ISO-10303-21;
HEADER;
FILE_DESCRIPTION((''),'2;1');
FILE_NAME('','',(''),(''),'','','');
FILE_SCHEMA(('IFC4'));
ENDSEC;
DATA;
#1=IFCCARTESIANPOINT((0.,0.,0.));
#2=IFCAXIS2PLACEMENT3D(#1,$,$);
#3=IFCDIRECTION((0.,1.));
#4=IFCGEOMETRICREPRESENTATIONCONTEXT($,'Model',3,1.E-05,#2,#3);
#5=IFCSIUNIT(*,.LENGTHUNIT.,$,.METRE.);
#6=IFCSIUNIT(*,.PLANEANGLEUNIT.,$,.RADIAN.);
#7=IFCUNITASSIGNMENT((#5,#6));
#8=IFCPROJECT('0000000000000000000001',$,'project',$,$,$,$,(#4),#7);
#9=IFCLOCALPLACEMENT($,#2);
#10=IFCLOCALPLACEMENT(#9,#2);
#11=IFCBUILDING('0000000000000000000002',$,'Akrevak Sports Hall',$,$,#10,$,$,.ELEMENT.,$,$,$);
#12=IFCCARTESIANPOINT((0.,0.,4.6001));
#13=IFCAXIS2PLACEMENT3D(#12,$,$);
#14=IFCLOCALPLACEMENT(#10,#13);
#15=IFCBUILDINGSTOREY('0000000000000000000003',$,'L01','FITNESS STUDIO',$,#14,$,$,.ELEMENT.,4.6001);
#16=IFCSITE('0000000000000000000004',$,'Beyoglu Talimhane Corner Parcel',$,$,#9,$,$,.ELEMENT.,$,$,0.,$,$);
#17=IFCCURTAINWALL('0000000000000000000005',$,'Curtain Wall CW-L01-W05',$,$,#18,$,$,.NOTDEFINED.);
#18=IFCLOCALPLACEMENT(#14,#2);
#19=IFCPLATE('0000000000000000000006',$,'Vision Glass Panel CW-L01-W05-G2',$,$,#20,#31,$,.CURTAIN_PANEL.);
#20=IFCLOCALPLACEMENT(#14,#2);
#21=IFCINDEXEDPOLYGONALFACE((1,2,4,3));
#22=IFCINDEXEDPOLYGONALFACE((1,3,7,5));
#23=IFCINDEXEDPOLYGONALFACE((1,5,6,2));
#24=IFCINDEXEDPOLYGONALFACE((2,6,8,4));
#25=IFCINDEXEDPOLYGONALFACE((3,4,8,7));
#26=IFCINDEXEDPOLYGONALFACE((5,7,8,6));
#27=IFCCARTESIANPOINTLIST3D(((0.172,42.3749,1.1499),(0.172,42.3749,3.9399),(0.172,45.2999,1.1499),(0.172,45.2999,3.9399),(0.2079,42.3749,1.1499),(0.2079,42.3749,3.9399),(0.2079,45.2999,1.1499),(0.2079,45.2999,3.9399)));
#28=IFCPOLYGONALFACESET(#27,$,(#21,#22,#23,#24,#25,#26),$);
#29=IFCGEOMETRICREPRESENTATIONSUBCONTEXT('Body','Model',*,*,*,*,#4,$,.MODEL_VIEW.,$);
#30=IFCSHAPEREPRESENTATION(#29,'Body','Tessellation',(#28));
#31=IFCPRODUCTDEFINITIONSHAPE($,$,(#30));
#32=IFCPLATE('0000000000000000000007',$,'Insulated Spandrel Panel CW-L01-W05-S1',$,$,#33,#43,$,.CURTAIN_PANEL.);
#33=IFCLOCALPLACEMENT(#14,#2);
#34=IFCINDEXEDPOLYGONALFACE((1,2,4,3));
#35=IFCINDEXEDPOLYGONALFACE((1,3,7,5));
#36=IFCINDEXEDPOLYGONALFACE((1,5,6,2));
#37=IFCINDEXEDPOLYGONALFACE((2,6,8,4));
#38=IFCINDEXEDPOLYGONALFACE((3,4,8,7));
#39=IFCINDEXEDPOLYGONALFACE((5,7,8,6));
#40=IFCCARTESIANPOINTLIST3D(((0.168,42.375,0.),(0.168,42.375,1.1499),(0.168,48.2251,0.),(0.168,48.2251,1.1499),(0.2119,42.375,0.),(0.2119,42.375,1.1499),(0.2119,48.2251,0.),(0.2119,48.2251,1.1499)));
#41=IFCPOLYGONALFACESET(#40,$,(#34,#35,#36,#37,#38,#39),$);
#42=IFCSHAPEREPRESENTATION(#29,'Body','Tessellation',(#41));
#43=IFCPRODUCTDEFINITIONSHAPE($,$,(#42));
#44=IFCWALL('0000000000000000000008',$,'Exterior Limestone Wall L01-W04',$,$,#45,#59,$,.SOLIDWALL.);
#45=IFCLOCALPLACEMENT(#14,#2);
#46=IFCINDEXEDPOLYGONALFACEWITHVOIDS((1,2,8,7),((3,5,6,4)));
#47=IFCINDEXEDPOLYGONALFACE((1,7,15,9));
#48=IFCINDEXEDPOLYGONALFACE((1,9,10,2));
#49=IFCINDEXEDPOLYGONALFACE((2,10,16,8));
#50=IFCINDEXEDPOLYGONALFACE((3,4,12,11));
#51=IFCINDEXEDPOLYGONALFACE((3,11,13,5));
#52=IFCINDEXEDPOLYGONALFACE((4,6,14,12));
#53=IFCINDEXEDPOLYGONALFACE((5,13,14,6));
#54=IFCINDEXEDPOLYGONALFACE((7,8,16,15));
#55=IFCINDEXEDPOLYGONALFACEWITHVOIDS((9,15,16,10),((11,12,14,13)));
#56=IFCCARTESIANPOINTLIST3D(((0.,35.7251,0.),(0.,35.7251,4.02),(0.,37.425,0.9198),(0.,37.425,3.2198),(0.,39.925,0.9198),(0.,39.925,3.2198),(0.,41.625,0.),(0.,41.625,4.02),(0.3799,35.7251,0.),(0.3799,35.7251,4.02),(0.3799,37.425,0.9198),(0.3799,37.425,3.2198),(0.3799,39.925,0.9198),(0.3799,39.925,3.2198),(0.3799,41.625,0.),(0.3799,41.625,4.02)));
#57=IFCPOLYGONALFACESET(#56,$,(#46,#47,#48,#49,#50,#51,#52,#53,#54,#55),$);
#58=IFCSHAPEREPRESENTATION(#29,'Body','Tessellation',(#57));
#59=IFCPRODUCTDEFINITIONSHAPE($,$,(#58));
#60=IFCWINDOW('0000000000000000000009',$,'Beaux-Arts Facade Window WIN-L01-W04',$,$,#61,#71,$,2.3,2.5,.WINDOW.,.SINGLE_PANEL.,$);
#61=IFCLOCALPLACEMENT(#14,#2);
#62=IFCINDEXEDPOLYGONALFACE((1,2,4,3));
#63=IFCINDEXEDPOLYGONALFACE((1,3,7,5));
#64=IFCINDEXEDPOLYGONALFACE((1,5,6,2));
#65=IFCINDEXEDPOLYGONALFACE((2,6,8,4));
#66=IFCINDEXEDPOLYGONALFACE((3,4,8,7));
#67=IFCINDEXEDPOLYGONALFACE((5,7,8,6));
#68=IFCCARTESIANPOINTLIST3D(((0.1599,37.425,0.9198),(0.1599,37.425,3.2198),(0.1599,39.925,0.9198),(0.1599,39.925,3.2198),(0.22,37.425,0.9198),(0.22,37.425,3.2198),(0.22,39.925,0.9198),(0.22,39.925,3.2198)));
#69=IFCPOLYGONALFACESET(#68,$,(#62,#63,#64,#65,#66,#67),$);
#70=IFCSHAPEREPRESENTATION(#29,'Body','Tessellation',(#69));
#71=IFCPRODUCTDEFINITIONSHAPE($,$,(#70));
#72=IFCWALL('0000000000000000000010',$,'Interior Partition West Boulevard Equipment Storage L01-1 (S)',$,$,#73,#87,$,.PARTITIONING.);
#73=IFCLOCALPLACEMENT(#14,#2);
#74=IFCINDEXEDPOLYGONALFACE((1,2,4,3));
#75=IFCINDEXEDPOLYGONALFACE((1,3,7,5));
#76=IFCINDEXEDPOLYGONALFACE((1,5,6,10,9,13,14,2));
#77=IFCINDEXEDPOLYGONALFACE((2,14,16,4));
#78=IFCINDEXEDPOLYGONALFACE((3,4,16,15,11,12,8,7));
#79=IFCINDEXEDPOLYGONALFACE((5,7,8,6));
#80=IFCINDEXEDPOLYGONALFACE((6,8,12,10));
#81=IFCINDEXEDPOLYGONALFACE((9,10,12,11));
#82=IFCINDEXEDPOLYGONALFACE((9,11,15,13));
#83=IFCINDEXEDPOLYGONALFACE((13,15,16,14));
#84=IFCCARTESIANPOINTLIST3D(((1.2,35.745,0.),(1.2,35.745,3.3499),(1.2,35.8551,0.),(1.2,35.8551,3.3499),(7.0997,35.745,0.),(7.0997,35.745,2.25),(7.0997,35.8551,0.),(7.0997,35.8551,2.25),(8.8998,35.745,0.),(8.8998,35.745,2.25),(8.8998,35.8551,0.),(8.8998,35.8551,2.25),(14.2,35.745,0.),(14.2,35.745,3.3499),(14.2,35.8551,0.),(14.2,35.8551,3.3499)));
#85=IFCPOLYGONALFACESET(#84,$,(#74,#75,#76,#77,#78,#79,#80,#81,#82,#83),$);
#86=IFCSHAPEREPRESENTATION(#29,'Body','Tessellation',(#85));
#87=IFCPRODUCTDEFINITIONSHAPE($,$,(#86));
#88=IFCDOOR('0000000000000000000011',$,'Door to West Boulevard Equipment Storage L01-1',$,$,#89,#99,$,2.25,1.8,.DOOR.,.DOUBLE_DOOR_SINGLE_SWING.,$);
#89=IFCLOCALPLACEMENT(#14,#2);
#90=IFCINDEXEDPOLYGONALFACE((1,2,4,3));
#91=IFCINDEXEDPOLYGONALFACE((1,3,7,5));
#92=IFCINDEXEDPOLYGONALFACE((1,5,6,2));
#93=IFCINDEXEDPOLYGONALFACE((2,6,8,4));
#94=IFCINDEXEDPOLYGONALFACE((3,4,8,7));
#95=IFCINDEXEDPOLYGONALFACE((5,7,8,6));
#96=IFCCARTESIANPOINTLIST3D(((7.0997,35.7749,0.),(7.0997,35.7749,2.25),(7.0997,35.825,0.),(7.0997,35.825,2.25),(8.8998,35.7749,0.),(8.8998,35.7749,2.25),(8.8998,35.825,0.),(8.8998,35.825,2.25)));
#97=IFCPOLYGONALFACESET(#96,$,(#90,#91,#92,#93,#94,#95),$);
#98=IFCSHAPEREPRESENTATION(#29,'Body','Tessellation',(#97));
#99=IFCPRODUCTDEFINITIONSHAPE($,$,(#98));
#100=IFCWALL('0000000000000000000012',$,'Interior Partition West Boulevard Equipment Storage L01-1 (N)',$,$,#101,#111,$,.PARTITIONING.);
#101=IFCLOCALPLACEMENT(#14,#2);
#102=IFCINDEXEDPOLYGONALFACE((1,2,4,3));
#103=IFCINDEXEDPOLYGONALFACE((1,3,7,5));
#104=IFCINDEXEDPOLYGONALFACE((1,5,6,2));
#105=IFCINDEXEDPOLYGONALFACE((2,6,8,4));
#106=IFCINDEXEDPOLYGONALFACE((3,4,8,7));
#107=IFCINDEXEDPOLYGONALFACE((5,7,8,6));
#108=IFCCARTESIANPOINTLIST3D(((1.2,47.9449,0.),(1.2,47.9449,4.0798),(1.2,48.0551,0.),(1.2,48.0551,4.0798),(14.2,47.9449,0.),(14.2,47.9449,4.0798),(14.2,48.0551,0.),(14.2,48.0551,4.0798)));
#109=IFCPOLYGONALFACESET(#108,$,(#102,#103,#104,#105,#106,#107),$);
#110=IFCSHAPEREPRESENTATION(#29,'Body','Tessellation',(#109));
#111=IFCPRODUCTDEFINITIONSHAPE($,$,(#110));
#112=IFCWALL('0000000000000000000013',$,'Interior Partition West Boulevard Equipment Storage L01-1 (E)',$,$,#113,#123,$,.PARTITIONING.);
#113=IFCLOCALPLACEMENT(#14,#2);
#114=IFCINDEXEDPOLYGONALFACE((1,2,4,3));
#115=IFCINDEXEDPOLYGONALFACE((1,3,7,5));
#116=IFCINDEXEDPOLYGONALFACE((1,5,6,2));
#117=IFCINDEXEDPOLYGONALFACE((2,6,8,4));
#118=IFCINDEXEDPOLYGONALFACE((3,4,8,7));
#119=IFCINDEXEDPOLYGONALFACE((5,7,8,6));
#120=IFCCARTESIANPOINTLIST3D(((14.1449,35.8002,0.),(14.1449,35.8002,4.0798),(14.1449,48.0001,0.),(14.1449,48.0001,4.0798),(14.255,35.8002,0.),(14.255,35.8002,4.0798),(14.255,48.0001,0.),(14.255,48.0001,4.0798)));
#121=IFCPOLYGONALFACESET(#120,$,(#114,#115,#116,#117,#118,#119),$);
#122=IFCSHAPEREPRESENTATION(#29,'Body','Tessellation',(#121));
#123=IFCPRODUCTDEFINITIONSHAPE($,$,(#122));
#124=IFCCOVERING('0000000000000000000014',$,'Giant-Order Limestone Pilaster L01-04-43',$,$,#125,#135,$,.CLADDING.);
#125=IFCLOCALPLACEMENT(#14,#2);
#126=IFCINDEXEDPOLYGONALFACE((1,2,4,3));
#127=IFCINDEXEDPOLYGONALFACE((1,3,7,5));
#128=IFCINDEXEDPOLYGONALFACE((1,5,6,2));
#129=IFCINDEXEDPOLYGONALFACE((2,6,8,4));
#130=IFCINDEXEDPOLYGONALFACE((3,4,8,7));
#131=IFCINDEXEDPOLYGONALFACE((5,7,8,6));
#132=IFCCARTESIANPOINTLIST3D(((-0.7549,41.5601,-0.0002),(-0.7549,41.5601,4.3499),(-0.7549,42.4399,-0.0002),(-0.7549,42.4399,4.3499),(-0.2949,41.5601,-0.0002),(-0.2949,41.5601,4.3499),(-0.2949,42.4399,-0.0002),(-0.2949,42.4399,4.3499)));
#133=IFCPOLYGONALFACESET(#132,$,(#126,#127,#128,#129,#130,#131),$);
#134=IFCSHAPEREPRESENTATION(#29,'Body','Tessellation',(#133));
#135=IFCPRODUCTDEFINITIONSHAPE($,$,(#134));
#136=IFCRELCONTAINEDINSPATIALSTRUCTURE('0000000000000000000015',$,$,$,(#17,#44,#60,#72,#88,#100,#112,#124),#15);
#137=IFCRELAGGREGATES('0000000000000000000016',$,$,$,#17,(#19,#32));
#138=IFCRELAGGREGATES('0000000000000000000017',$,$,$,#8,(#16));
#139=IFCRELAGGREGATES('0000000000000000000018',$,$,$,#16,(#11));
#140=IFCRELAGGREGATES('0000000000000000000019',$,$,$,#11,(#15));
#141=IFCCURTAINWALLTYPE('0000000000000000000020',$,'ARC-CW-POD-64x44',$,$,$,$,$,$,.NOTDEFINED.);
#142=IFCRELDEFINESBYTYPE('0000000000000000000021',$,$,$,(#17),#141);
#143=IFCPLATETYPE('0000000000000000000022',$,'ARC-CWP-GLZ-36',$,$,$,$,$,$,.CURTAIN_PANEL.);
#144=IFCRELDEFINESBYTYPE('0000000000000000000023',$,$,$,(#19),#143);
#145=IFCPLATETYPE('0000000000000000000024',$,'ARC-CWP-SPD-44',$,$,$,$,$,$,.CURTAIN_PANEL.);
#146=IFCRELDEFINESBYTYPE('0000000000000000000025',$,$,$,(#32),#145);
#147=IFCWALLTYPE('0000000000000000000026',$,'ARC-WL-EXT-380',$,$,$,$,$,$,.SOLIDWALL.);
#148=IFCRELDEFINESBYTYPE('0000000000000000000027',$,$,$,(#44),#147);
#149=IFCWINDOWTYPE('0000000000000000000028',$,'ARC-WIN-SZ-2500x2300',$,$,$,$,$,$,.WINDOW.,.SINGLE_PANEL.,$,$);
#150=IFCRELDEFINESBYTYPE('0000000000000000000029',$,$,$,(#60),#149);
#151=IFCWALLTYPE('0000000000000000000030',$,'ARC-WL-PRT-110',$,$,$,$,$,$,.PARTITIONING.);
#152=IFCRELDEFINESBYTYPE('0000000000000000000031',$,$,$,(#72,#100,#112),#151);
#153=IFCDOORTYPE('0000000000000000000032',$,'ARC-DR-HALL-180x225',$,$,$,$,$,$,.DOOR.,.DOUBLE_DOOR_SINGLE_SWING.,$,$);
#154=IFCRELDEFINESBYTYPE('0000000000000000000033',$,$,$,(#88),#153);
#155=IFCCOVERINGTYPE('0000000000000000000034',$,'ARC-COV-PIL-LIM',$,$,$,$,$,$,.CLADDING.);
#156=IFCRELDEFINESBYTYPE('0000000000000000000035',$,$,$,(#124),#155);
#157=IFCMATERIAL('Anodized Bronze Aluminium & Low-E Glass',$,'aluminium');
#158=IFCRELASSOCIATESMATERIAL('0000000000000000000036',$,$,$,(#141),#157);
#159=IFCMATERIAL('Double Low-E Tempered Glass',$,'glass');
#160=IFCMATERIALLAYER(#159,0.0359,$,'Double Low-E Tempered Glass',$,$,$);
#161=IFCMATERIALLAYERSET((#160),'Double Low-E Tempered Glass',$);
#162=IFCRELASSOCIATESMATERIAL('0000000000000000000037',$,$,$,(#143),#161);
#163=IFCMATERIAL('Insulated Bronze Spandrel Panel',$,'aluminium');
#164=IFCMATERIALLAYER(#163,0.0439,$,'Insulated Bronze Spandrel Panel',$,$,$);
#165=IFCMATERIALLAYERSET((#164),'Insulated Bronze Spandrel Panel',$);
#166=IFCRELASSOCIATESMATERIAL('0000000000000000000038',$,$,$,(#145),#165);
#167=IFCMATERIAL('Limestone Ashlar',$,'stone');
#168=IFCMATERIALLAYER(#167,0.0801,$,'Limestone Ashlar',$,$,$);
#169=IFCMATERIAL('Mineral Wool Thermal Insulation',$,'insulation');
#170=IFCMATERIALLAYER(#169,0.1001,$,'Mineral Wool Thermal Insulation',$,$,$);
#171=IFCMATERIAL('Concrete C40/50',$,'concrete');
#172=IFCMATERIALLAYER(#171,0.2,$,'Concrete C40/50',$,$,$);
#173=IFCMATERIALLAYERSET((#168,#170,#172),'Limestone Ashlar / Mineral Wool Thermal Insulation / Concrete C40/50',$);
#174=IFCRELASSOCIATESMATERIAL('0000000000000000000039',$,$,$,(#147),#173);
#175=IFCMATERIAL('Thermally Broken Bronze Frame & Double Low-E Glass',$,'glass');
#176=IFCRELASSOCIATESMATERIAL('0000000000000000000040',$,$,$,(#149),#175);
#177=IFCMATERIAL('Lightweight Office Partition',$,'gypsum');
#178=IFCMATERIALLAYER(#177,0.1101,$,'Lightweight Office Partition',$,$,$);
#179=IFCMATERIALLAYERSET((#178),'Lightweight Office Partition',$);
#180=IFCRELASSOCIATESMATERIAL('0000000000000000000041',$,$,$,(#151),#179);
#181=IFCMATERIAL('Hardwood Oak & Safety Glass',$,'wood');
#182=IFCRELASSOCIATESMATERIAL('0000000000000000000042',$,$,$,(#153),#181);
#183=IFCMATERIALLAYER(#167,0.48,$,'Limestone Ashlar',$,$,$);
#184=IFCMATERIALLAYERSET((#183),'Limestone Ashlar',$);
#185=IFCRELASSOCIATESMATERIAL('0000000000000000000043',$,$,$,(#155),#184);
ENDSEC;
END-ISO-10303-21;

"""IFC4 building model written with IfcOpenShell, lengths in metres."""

from ifc_helpers import new_model, si_unit, direction, frame, frame_2d, origin, origin_2d, place, context, subcontext, project, spatial, rectangle, extrude, material, layer, layer_set, type_object, element, fill, aggregate, save


model = new_model("IFC4")

# Units and contexts
model_context = context("Model", 3, precision=1e-05, world=origin(), true_north=direction((0.0, 1.0)))
body_context = subcontext(model_context, "Body", "Model", "MODEL_VIEW")
ifc_project = project(units=[si_unit("LENGTHUNIT", "METRE"), si_unit("PLANEANGLEUNIT", "RADIAN")], contexts=[model_context])

# Site, building, storey
site_placement = place(None, origin())
site = spatial("IfcSite", under=ifc_project, at=site_placement, Name="Beyoglu Talimhane Corner Parcel", CompositionType="ELEMENT", RefElevation=0.0)
building_placement = place(site_placement, origin())
building = spatial("IfcBuilding", under=site, at=building_placement, Name="Akrevak Sports Hall", CompositionType="ELEMENT")
storey_placement = place(building_placement, frame((0.0, 0.0, 4.6001)))
storey = spatial("IfcBuildingStorey", under=building, at=storey_placement, Name="L01", Description="FITNESS STUDIO", CompositionType="ELEMENT", Elevation=4.6001)

# Shared definitions
ifc_material_1 = material(Name="Concrete C40/50", Category="concrete")

# Curtain wall
ifc_material_2 = material(Name="Anodized Bronze Aluminium & Low-E Glass", Category="aluminium")
curtain_wall_type = type_object("IfcCurtainWallType", Name="ARC-CW-POD-64x44", PredefinedType="NOTDEFINED", material=ifc_material_2)
curtain_wall_placement = place(storey_placement, origin())
curtain_wall = element("IfcCurtainWall", 1, at=curtain_wall_placement, inside=storey, type_object=curtain_wall_type, Name="Curtain Wall CW-L01-W05", PredefinedType="NOTDEFINED")

# Plates
ifc_material_3 = material(Name="Double Low-E Tempered Glass", Category="glass")
ifc_layer_1 = layer(ifc_material_3, 0.0359, Name="Double Low-E Tempered Glass")
ifc_layer_set_1 = layer_set([ifc_layer_1], Name="Double Low-E Tempered Glass")
plate_type_1 = type_object("IfcPlateType", Name="ARC-CWP-GLZ-36", PredefinedType="CURTAIN_PANEL", material=ifc_layer_set_1)
plate_1_placement = place(storey_placement, frame((0.1899, 43.8374, 1.1499), z_axis=(0.0, 0.0, 1.0), x_axis=(0.0, -1.0, 0.0)))
plate_1 = element("IfcPlate", 2, at=plate_1_placement, type_object=plate_type_1, Name="Vision Glass Panel CW-L01-W05-G2", PredefinedType="CURTAIN_PANEL", context=body_context, shape_type="SweptSolid", body=[
    extrude(rectangle(XDim=2.925, YDim=0.0359, at=origin_2d()), origin(), (0.0, 0.0, 1.0), 2.79),
])
ifc_material_4 = material(Name="Insulated Bronze Spandrel Panel", Category="aluminium")
ifc_layer_2 = layer(ifc_material_4, 0.0439, Name="Insulated Bronze Spandrel Panel")
ifc_layer_set_2 = layer_set([ifc_layer_2], Name="Insulated Bronze Spandrel Panel")
plate_type_2 = type_object("IfcPlateType", Name="ARC-CWP-SPD-44", PredefinedType="CURTAIN_PANEL", material=ifc_layer_set_2)
plate_2_placement = place(storey_placement, frame((0.1899, 45.3, 0.0), z_axis=(0.0, 0.0, 1.0), x_axis=(0.0, -1.0, 0.0)))
plate_2 = element("IfcPlate", 3, at=plate_2_placement, type_object=plate_type_2, Name="Insulated Spandrel Panel CW-L01-W05-S1", PredefinedType="CURTAIN_PANEL", context=body_context, shape_type="SweptSolid", body=[
    extrude(rectangle(XDim=5.8501, YDim=0.0439, at=origin_2d()), origin(), (0.0, 0.0, 1.0), 1.1499),
])
aggregate(curtain_wall, [plate_1, plate_2])

# Wall, opening, window
ifc_material_5 = material(Name="Limestone Ashlar", Category="stone")
ifc_layer_3 = layer(ifc_material_5, 0.0801, Name="Limestone Ashlar")
ifc_material_6 = material(Name="Mineral Wool Thermal Insulation", Category="insulation")
ifc_layer_4 = layer(ifc_material_6, 0.1001, Name="Mineral Wool Thermal Insulation")
ifc_layer_5 = layer(ifc_material_1, 0.2, Name="Concrete C40/50")
ifc_layer_set_3 = layer_set([ifc_layer_3, ifc_layer_4, ifc_layer_5], Name="Limestone Ashlar / Mineral Wool Thermal Insulation / Concrete C40/50")
wall_type_1 = type_object("IfcWallType", Name="ARC-WL-EXT-380", PredefinedType="SOLIDWALL", material=ifc_layer_set_3)
wall_1_placement = place(storey_placement, frame((0.1899, 41.625, 0.0), z_axis=(0.0, 0.0, 1.0), x_axis=(0.0, -1.0, 0.0)))
wall_1 = element("IfcWall", 4, at=wall_1_placement, inside=storey, type_object=wall_type_1, Name="Exterior Limestone Wall L01-W04", PredefinedType="SOLIDWALL", context=body_context, shape_type="SweptSolid", body=[
    extrude(rectangle(XDim=5.8999, YDim=0.3799, at=frame_2d((2.95, 0.0))), origin(), (0.0, 0.0, 1.0), 4.02),
])
opening_1_placement = place(wall_1_placement, frame((1.7, 0.0, 0.9199)))
opening_1 = element("IfcOpeningElement", 5, at=opening_1_placement, cuts=wall_1, PredefinedType="OPENING", context=body_context, shape_type="SweptSolid", body=[
    extrude(rectangle(XDim=2.5, YDim=2.3, at=frame_2d((1.25, 1.1499))), frame((0.0, 0.2019, 0.0), z_axis=(0.0, -1.0, 0.0), x_axis=(1.0, 0.0, 0.0)), (0.0, 0.0, 1.0), 0.4038),
])
ifc_material_7 = material(Name="Thermally Broken Bronze Frame & Double Low-E Glass", Category="glass")
window_type = type_object("IfcWindowType", Name="ARC-WIN-SZ-2500x2300", PartitioningType="SINGLE_PANEL", PredefinedType="WINDOW", material=ifc_material_7)
window_placement = place(opening_1_placement, origin())
window = element("IfcWindow", 6, at=window_placement, inside=storey, type_object=window_type, Name="Beaux-Arts Facade Window WIN-L01-W04", OverallHeight=2.3, OverallWidth=2.5, PartitioningType="SINGLE_PANEL", PredefinedType="WINDOW", context=body_context, shape_type="SweptSolid", body=[
    extrude(rectangle(XDim=2.5, YDim=2.3, at=frame_2d((1.25, 1.1499))), frame((0.0, 0.03, 0.0), z_axis=(0.0, -1.0, 0.0), x_axis=(1.0, 0.0, 0.0)), (0.0, 0.0, 1.0), 0.0601),
])
fill(opening_1, window)

# Wall, opening, door
ifc_material_8 = material(Name="Lightweight Office Partition", Category="gypsum")
ifc_layer_6 = layer(ifc_material_8, 0.1101, Name="Lightweight Office Partition")
ifc_layer_set_4 = layer_set([ifc_layer_6], Name="Lightweight Office Partition")
wall_type_2 = type_object("IfcWallType", Name="ARC-WL-PRT-110", PredefinedType="PARTITIONING", material=ifc_layer_set_4)
wall_2_placement = place(storey_placement, frame((1.2, 35.8, 0.0), z_axis=(0.0, 0.0, 1.0), x_axis=(1.0, 0.0, 0.0)))
wall_2 = element("IfcWall", 7, at=wall_2_placement, inside=storey, type_object=wall_type_2, Name="Interior Partition West Boulevard Equipment Storage L01-1 (S)", PredefinedType="PARTITIONING", context=body_context, shape_type="SweptSolid", body=[
    extrude(rectangle(XDim=13.0, YDim=0.1101, at=frame_2d((6.5, 0.0))), origin(), (0.0, 0.0, 1.0), 3.3499),
])
opening_2_placement = place(wall_2_placement, frame((5.8999, 0.0, 0.0)))
opening_2 = element("IfcOpeningElement", 8, at=opening_2_placement, cuts=wall_2, PredefinedType="OPENING", context=body_context, shape_type="SweptSolid", body=[
    extrude(rectangle(XDim=1.8, YDim=2.25, at=frame_2d((0.8999, 1.125))), frame((0.0, 0.0669, 0.0), z_axis=(0.0, -1.0, 0.0), x_axis=(1.0, 0.0, 0.0)), (0.0, 0.0, 1.0), 0.134),
])
ifc_material_9 = material(Name="Hardwood Oak & Safety Glass", Category="wood")
door_type = type_object("IfcDoorType", Name="ARC-DR-HALL-180x225", OperationType="DOUBLE_DOOR_SINGLE_SWING", PredefinedType="DOOR", material=ifc_material_9)
door_placement = place(opening_2_placement, origin())
door = element("IfcDoor", 9, at=door_placement, inside=storey, type_object=door_type, Name="Door to West Boulevard Equipment Storage L01-1", OperationType="DOUBLE_DOOR_SINGLE_SWING", OverallHeight=2.25, OverallWidth=1.8, PredefinedType="DOOR", context=body_context, shape_type="SweptSolid", body=[
    extrude(rectangle(XDim=1.8, YDim=2.25, at=frame_2d((0.8999, 1.125))), frame((0.0, 0.0249, 0.0), z_axis=(0.0, -1.0, 0.0), x_axis=(1.0, 0.0, 0.0)), (0.0, 0.0, 1.0), 0.05),
])
fill(opening_2, door)

# Walls
wall_3_placement = place(storey_placement, frame((1.2, 48.0, 0.0), z_axis=(0.0, 0.0, 1.0), x_axis=(1.0, 0.0, 0.0)))
element("IfcWall", 10, at=wall_3_placement, inside=storey, type_object=wall_type_2, Name="Interior Partition West Boulevard Equipment Storage L01-1 (N)", PredefinedType="PARTITIONING", context=body_context, shape_type="SweptSolid", body=[
    extrude(rectangle(XDim=13.0, YDim=0.1101, at=frame_2d((6.5, 0.0))), origin(), (0.0, 0.0, 1.0), 4.0798),
])
wall_4_placement = place(storey_placement, frame((14.2, 35.8, 0.0), z_axis=(0.0, 0.0, 1.0), x_axis=(0.0, 1.0, 0.0)))
element("IfcWall", 11, at=wall_4_placement, inside=storey, type_object=wall_type_2, Name="Interior Partition West Boulevard Equipment Storage L01-1 (E)", PredefinedType="PARTITIONING", context=body_context, shape_type="SweptSolid", body=[
    extrude(rectangle(XDim=12.2, YDim=0.1101, at=frame_2d((6.1001, 0.0))), origin(), (0.0, 0.0, 1.0), 4.0798),
])

# Covering
ifc_layer_7 = layer(ifc_material_5, 0.48, Name="Limestone Ashlar")
ifc_layer_set_5 = layer_set([ifc_layer_7], Name="Limestone Ashlar")
covering_type = type_object("IfcCoveringType", Name="ARC-COV-PIL-LIM", PredefinedType="CLADDING", material=ifc_layer_set_5)
covering_placement = place(storey_placement, frame((-0.5249, 42.0, -0.0002), z_axis=(0.0, 0.0, 1.0), x_axis=(0.0, -1.0, 0.0)))
element("IfcCovering", 12, at=covering_placement, inside=storey, type_object=covering_type, Name="Giant-Order Limestone Pilaster L01-04-43", PredefinedType="CLADDING", context=body_context, shape_type="SweptSolid", body=[
    extrude(rectangle(XDim=0.8799, YDim=0.46, at=origin_2d()), origin(), (0.0, 0.0, 1.0), 4.3501),
])

save(model, "model.ifc")
